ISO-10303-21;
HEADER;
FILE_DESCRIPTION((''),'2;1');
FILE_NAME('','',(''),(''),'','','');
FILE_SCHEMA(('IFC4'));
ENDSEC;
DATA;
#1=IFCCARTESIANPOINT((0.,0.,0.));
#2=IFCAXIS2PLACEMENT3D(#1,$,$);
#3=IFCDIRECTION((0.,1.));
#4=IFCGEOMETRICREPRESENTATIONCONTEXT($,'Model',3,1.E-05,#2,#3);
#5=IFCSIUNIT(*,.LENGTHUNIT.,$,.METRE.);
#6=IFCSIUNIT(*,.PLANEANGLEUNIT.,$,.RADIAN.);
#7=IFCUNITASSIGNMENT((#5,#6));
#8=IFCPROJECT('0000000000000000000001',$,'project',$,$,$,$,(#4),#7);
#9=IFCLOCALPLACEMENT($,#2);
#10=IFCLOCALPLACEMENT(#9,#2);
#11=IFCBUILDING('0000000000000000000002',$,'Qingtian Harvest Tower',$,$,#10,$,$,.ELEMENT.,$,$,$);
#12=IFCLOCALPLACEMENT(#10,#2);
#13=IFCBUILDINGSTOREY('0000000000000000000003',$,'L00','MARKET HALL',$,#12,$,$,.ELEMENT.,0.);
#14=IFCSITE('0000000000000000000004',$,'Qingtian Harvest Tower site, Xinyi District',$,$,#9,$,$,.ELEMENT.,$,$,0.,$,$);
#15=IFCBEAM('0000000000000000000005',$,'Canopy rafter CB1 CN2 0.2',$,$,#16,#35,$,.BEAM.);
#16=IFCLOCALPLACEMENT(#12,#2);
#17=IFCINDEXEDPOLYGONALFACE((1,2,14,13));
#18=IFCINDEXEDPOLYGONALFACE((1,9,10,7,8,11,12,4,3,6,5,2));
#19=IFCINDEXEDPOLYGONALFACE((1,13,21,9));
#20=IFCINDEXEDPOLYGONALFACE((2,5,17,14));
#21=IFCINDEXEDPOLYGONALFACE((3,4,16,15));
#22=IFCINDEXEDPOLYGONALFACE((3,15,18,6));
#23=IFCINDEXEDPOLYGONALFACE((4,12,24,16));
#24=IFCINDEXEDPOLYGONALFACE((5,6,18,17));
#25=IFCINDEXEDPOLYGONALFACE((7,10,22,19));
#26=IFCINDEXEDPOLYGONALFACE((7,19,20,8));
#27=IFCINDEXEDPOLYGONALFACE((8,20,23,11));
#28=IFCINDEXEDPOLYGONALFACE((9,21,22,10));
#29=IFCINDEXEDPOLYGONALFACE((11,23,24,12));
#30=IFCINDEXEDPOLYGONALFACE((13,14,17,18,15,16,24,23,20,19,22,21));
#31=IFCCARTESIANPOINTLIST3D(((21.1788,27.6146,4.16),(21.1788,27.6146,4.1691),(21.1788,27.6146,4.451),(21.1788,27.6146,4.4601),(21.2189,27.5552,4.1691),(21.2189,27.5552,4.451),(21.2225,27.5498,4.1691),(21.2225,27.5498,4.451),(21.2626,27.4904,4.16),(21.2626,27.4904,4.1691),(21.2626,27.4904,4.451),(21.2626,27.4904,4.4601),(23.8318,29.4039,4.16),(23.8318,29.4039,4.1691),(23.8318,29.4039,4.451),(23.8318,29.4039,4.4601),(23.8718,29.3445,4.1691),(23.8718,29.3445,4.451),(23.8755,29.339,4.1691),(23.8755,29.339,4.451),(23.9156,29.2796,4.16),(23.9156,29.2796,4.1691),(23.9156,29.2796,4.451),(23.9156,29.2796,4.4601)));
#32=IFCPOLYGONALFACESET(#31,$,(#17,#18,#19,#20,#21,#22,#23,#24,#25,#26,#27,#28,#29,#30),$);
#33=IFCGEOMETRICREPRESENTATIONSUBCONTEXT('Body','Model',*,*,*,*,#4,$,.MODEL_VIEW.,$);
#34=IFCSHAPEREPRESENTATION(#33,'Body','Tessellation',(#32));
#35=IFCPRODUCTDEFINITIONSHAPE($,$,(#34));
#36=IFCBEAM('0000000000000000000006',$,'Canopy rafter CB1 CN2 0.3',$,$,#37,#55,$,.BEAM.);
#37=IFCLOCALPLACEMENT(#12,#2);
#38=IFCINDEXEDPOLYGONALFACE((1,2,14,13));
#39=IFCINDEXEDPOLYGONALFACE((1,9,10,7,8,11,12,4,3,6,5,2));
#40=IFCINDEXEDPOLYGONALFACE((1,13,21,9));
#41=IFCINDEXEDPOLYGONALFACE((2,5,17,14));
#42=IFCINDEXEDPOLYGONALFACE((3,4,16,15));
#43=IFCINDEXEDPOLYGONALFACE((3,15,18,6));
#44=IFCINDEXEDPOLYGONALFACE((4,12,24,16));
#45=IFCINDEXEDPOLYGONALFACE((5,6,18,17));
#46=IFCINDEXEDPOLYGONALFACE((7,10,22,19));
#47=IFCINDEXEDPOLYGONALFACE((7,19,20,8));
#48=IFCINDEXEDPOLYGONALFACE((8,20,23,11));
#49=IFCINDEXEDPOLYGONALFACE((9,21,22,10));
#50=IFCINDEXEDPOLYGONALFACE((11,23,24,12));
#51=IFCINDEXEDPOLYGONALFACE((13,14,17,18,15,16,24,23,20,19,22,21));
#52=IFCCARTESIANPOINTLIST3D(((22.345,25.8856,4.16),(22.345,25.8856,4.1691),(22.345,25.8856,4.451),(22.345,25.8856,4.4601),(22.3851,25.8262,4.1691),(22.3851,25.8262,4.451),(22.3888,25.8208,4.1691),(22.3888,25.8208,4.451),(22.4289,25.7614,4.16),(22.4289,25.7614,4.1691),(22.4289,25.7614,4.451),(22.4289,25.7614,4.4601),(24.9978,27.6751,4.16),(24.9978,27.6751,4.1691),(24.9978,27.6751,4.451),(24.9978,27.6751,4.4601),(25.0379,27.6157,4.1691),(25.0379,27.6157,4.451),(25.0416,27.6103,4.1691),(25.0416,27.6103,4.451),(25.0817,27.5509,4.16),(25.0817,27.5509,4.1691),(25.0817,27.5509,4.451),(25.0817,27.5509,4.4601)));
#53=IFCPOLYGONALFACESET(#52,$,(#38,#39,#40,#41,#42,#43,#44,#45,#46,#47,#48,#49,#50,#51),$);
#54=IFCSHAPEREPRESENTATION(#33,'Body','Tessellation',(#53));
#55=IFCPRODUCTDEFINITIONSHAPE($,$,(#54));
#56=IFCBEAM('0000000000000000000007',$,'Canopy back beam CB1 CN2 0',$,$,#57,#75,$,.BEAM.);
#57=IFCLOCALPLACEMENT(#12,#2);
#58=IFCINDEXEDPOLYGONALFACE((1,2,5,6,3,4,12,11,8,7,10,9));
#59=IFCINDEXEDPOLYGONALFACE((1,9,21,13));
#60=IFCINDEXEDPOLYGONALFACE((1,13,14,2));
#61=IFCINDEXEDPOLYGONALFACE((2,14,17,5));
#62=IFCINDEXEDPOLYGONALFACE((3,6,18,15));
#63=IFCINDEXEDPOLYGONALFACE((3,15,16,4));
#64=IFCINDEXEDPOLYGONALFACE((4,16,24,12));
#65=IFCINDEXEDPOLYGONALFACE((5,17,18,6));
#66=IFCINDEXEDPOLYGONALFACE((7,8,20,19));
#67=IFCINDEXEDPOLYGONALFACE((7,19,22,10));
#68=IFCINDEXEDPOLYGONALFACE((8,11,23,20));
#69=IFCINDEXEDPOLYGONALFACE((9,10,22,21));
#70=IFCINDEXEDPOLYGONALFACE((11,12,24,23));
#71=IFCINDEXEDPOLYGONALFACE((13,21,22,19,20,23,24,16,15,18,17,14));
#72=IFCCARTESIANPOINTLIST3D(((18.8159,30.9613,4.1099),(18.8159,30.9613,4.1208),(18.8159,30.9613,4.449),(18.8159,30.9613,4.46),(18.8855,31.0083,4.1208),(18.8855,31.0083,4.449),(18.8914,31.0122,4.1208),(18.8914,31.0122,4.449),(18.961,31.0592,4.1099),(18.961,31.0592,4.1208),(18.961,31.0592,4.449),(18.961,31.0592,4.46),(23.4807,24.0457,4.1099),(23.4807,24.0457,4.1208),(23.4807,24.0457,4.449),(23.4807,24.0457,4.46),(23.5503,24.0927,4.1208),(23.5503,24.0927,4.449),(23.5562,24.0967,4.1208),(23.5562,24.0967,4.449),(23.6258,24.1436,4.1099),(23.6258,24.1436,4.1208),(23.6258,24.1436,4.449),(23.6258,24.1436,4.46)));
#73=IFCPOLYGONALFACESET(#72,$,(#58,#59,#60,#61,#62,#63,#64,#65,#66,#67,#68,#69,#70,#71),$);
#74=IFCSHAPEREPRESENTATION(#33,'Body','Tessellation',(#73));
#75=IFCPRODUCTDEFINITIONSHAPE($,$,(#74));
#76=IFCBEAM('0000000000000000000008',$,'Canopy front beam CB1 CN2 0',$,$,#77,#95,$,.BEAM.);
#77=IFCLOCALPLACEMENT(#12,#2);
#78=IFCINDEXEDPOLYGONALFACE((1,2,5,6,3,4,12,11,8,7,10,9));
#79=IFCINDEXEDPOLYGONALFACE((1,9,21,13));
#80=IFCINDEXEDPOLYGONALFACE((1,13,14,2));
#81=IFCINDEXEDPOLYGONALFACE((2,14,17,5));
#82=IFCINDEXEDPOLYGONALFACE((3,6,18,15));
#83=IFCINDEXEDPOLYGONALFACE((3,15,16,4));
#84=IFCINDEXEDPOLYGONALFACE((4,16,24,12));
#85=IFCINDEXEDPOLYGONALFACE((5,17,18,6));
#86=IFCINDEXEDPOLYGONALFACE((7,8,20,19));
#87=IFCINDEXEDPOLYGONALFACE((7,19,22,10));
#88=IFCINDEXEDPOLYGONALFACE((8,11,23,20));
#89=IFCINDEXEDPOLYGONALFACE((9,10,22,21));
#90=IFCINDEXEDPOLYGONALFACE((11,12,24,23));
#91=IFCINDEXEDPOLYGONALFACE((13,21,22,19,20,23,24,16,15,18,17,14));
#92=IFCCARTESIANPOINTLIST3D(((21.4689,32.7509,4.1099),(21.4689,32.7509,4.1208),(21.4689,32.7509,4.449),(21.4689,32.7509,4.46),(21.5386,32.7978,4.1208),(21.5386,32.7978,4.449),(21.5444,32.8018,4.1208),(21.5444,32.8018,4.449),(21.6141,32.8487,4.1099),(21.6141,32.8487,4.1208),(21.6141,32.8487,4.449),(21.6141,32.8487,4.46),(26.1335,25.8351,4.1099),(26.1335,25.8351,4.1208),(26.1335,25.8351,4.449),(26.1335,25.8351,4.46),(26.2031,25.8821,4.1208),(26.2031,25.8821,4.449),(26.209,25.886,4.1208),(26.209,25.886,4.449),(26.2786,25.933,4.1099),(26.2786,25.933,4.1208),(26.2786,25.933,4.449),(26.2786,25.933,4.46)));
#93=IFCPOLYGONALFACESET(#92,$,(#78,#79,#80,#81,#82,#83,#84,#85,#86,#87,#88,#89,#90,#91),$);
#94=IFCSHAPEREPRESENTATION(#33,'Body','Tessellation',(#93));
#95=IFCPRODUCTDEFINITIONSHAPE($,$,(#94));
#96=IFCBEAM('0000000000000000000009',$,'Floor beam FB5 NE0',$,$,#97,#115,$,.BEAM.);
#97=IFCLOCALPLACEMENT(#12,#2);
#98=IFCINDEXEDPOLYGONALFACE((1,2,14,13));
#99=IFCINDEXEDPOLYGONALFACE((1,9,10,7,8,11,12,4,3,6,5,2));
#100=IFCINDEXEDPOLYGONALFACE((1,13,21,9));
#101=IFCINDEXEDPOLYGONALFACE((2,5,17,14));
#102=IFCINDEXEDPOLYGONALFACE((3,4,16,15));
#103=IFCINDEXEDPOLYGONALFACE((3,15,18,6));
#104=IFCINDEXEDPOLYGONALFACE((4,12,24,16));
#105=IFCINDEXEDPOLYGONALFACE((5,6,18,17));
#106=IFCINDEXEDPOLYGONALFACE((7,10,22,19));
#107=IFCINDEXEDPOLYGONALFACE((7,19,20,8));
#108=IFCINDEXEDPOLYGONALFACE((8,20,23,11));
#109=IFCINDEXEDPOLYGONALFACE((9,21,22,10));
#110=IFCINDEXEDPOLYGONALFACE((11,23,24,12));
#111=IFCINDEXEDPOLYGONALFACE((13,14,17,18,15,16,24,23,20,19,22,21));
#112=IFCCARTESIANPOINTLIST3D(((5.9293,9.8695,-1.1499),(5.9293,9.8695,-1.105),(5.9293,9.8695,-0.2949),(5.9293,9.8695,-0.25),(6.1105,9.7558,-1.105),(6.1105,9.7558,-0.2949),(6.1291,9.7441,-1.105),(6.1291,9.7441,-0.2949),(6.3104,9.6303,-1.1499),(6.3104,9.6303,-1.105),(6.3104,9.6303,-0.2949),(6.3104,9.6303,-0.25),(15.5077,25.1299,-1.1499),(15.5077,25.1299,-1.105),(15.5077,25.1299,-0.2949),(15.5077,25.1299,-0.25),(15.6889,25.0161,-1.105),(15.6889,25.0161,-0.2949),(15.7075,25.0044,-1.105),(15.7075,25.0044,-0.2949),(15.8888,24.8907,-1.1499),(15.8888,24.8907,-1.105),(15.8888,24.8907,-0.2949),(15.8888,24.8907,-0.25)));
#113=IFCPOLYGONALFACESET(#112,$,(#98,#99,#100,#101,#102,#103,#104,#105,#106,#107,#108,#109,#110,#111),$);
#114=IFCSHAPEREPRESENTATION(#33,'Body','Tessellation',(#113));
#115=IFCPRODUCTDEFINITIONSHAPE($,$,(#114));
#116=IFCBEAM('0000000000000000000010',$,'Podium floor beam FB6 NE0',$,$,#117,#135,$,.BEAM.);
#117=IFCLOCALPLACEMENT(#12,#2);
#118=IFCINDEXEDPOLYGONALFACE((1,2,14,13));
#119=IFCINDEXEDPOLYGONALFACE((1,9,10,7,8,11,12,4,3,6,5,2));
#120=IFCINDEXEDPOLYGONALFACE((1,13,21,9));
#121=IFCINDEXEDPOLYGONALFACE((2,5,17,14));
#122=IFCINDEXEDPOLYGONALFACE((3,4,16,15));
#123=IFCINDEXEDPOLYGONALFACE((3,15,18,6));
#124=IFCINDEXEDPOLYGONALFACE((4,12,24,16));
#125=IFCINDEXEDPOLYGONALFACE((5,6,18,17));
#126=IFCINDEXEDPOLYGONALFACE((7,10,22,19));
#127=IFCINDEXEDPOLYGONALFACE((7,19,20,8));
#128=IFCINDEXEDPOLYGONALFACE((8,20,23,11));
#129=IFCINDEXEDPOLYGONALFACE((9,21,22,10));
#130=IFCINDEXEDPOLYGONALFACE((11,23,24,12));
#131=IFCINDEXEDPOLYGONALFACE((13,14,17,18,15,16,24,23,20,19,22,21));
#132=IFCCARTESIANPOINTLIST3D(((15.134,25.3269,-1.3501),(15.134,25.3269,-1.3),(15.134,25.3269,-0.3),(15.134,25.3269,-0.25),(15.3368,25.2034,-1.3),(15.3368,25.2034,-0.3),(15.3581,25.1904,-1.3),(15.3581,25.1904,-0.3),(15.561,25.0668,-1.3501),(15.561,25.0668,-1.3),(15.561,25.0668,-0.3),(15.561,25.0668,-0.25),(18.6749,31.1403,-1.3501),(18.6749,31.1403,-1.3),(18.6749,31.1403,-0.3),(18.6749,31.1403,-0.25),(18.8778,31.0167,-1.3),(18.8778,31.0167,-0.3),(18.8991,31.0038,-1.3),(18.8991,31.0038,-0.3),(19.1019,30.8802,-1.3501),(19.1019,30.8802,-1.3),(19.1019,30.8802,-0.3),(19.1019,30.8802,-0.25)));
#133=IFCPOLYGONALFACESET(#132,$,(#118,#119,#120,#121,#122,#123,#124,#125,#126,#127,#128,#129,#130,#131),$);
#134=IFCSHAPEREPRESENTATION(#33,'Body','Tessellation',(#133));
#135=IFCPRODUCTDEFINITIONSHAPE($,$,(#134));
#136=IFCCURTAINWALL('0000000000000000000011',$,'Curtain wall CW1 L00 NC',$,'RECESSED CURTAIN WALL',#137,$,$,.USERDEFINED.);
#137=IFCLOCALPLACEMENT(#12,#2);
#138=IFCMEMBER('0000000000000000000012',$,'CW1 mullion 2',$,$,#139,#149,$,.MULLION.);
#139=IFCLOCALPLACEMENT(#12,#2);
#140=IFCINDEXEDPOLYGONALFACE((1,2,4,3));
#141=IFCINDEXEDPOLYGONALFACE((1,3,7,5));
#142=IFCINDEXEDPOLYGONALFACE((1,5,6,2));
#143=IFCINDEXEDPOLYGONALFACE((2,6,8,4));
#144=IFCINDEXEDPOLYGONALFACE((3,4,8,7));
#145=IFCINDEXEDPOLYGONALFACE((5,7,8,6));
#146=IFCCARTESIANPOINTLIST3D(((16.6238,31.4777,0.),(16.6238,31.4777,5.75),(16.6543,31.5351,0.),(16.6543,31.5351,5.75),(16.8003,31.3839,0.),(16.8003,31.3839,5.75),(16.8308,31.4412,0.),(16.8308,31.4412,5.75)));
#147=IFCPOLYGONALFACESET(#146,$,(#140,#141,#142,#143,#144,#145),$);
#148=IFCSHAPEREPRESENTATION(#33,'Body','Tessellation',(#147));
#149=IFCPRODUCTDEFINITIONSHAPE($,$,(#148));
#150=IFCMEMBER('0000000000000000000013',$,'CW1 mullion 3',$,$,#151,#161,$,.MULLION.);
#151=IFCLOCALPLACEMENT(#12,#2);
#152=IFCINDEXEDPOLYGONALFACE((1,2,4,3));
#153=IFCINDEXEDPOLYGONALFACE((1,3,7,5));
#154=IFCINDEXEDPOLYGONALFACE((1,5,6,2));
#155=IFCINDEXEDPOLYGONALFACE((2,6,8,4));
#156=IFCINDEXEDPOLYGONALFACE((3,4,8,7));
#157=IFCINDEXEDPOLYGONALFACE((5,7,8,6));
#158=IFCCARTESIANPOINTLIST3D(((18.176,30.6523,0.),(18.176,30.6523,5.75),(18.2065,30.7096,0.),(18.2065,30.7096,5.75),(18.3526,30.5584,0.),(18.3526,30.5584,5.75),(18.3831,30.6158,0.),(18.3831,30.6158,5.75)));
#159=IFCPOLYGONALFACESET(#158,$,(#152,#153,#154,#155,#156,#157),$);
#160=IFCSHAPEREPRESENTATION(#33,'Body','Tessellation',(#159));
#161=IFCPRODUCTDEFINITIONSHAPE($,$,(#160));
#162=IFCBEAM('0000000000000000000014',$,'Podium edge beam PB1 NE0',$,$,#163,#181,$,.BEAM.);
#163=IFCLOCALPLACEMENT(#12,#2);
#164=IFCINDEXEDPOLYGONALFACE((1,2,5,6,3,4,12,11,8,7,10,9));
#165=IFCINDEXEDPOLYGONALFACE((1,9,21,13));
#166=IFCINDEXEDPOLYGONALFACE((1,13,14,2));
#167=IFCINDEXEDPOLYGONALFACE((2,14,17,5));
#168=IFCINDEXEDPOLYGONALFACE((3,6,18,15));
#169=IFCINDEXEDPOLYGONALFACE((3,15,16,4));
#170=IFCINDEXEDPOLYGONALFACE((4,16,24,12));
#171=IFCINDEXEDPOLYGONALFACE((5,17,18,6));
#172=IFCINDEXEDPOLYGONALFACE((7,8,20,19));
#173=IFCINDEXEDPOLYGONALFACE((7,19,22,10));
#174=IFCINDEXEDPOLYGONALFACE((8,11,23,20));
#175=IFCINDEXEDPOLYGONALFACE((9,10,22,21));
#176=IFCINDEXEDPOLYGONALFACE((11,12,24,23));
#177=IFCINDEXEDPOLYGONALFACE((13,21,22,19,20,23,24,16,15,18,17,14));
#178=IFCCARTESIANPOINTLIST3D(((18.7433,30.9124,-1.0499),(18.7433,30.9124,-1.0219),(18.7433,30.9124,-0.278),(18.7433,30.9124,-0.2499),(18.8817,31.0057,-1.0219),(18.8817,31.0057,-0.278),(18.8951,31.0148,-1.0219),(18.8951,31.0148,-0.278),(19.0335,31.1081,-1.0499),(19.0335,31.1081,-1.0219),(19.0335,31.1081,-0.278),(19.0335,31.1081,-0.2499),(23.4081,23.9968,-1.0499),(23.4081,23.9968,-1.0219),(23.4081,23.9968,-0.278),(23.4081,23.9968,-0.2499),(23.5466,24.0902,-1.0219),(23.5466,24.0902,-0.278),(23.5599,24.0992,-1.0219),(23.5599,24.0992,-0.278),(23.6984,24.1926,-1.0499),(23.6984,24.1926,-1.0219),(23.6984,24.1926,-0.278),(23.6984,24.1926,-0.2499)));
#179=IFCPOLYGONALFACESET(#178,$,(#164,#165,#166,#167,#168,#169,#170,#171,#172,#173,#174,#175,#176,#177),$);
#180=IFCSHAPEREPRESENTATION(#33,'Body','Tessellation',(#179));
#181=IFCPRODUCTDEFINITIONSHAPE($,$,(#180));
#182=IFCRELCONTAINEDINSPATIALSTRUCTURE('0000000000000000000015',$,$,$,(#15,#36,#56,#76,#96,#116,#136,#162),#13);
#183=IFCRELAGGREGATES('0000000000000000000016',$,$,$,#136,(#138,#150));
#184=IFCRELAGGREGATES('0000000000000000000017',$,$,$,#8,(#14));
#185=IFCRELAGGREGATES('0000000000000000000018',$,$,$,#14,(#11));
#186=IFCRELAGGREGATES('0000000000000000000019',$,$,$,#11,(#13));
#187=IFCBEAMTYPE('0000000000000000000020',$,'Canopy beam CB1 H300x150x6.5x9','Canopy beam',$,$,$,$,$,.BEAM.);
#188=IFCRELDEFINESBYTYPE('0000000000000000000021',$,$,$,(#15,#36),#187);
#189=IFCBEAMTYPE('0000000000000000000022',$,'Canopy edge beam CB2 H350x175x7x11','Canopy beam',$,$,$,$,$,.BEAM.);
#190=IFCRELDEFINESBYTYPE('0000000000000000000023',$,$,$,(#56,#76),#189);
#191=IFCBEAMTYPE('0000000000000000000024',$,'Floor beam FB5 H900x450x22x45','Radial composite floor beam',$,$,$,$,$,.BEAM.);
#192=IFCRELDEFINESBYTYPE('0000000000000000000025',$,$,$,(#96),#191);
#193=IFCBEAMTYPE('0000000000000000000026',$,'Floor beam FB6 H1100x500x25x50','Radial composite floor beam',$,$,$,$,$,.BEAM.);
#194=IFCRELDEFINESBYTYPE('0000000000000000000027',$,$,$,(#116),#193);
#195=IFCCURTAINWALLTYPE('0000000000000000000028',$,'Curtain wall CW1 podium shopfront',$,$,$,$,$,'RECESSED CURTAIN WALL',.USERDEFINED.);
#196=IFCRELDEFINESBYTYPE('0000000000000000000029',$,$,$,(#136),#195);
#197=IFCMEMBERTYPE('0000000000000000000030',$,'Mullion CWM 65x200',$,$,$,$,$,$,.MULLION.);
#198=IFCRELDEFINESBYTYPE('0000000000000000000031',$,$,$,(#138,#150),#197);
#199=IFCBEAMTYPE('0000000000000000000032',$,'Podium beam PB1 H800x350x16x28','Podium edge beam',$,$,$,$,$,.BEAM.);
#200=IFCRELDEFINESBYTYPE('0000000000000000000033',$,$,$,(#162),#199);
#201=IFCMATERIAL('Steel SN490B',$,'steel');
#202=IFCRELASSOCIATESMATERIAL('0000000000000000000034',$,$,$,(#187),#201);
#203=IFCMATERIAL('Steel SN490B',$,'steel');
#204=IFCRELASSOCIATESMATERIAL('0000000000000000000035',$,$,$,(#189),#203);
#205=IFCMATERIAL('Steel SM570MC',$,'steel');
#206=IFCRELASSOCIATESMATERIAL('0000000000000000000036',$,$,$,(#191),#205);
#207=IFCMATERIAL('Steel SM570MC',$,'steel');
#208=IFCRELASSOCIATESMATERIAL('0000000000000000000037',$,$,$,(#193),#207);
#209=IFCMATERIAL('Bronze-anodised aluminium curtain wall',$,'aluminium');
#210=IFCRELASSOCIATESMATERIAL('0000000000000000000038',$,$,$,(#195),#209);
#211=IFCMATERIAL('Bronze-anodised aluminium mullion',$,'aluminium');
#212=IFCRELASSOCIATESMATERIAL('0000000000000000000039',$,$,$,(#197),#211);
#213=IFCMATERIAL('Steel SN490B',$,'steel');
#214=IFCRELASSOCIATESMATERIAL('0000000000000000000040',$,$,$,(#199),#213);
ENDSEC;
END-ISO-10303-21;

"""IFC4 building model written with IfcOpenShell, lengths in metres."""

from ifc_helpers import new_model, si_unit, direction, frame, origin, origin_2d, place, context, subcontext, project, spatial, rectangle, i_section, extrude, material, material_profile, profile_set, type_object, element, aggregate, save


model = new_model("IFC4")

# Units and contexts
model_context = context("Model", 3, precision=1e-05, world=origin(), true_north=direction((0.0, 1.0)))
body_context = subcontext(model_context, "Body", "Model", "MODEL_VIEW")
ifc_project = project(units=[si_unit("LENGTHUNIT", "METRE"), si_unit("PLANEANGLEUNIT", "RADIAN")], contexts=[model_context])

# Site, building, storey
site_placement = place(None, origin())
site = spatial("IfcSite", under=ifc_project, at=site_placement, Name="Qingtian Harvest Tower site, Xinyi District", CompositionType="ELEMENT", RefElevation=0.0)
building_placement = place(site_placement, origin())
building = spatial("IfcBuilding", under=site, at=building_placement, Name="Qingtian Harvest Tower", CompositionType="ELEMENT")
storey_placement = place(building_placement, origin())
storey = spatial("IfcBuildingStorey", under=building, at=storey_placement, Name="L00", Description="MARKET HALL", CompositionType="ELEMENT", Elevation=0.0)

# Beams
ifc_material_1 = material(Name="Steel SN490B", Category="steel")
ifc_material_profile_1 = material_profile(ifc_material_1, i_section(OverallWidth=0.1499, OverallDepth=0.3, WebThickness=0.0066, FlangeThickness=0.009, at=origin_2d()), Name="H300x150x6.5x9")
ifc_profile_set_1 = profile_set([ifc_material_profile_1], Name="Steel SN490B")
beam_type_1 = type_object("IfcBeamType", Name="Canopy beam CB1 H300x150x6.5x9", Description="Canopy beam", PredefinedType="BEAM", material=ifc_profile_set_1)
for number, where, z_axis, x_axis, name in (
    (1, (21.2207, 27.5525, 4.3101), (0.829069, 0.559147, 0.0), (-0.559147, 0.829069, 0.0), "Canopy rafter CB1 CN2 0.2"),
    (2, (22.387, 25.8235, 4.3101), (0.82901, 0.559234, 0.0), (-0.559234, 0.82901, 0.0), "Canopy rafter CB1 CN2 0.3"),
):
    element("IfcBeam", number, at=place(storey_placement, frame(where, z_axis=z_axis, x_axis=x_axis)), inside=storey, type_object=beam_type_1, Name=name, PredefinedType="BEAM", context=body_context, shape_type="SweptSolid", body=[
        extrude(i_section(OverallWidth=0.1499, OverallDepth=0.3, WebThickness=0.0066, FlangeThickness=0.009, at=origin_2d()), origin(), (0.0, 0.0, 1.0), 3.2),
    ])
ifc_material_2 = material(Name="Steel SN490B", Category="steel")
ifc_material_profile_2 = material_profile(ifc_material_2, i_section(OverallWidth=0.175, OverallDepth=0.3501, WebThickness=0.0071, FlangeThickness=0.011, at=origin_2d()), Name="H350x175x7x11")
ifc_profile_set_2 = profile_set([ifc_material_profile_2], Name="Steel SN490B")
beam_type_2 = type_object("IfcBeamType", Name="Canopy edge beam CB2 H350x175x7x11", Description="Canopy beam", PredefinedType="BEAM", material=ifc_profile_set_2)
for number, where, z_axis, x_axis, name in (
    (3, (18.8884, 31.0103, 4.2849), (0.55921, -0.829026, 0.0), (0.829026, 0.55921, 0.0), "Canopy back beam CB1 CN2 0"),
    (4, (21.5415, 32.7998, 4.2849), (0.559177, -0.829048, 0.0), (0.829048, 0.559177, 0.0), "Canopy front beam CB1 CN2 0"),
):
    element("IfcBeam", number, at=place(storey_placement, frame(where, z_axis=z_axis, x_axis=x_axis)), inside=storey, type_object=beam_type_2, Name=name, PredefinedType="BEAM", context=body_context, shape_type="SweptSolid", body=[
        extrude(i_section(OverallWidth=0.175, OverallDepth=0.3501, WebThickness=0.0071, FlangeThickness=0.011, at=origin_2d()), origin(), (0.0, 0.0, 1.0), 8.3418),
    ])
ifc_material_3 = material(Name="Steel SM570MC", Category="steel")
ifc_material_profile_3 = material_profile(ifc_material_3, i_section(OverallWidth=0.45, OverallDepth=0.8999, WebThickness=0.022, FlangeThickness=0.0449, at=origin_2d()), Name="H900x450x22x45")
ifc_profile_set_3 = profile_set([ifc_material_profile_3], Name="Steel SM570MC")
beam_type_3 = type_object("IfcBeamType", Name="Floor beam FB5 H900x450x22x45", Description="Radial composite floor beam", PredefinedType="BEAM", material=ifc_profile_set_3)
beam_1_placement = place(storey_placement, frame((15.6982, 25.0103, -0.7), z_axis=(-0.531623, -0.846981, 0.0), x_axis=(0.846981, -0.531623, 0.0)))
element("IfcBeam", 5, at=beam_1_placement, inside=storey, type_object=beam_type_3, Name="Floor beam FB5 NE0", PredefinedType="BEAM", context=body_context, shape_type="SweptSolid", body=[
    extrude(i_section(OverallWidth=0.45, OverallDepth=0.8999, WebThickness=0.022, FlangeThickness=0.0449, at=origin_2d()), origin(), (0.0, 0.0, 1.0), 18.0173),
])
ifc_material_4 = material(Name="Steel SM570MC", Category="steel")
ifc_material_profile_4 = material_profile(ifc_material_4, i_section(OverallWidth=0.5, OverallDepth=1.1001, WebThickness=0.0249, FlangeThickness=0.05, at=origin_2d()), Name="H1100x500x25x50")
ifc_profile_set_4 = profile_set([ifc_material_profile_4], Name="Steel SM570MC")
beam_type_4 = type_object("IfcBeamType", Name="Floor beam FB6 H1100x500x25x50", Description="Radial composite floor beam", PredefinedType="BEAM", material=ifc_profile_set_4)
beam_2_placement = place(storey_placement, frame((18.8884, 31.0103, -0.8), z_axis=(-0.520202, -0.854043, 0.0), x_axis=(0.854043, -0.520202, 0.0)))
element("IfcBeam", 6, at=beam_2_placement, inside=storey, type_object=beam_type_4, Name="Podium floor beam FB6 NE0", PredefinedType="BEAM", context=body_context, shape_type="SweptSolid", body=[
    extrude(i_section(OverallWidth=0.5, OverallDepth=1.1001, WebThickness=0.0249, FlangeThickness=0.05, at=origin_2d()), origin(), (0.0, 0.0, 1.0), 6.8069),
])

# Curtain wall, members
ifc_material_5 = material(Name="Bronze-anodised aluminium curtain wall", Category="aluminium")
curtain_wall_type = type_object("IfcCurtainWallType", Name="Curtain wall CW1 podium shopfront", ElementType="RECESSED CURTAIN WALL", PredefinedType="USERDEFINED", material=ifc_material_5)
curtain_wall_placement = place(storey_placement, origin())
curtain_wall = element("IfcCurtainWall", 7, at=curtain_wall_placement, inside=storey, type_object=curtain_wall_type, Name="Curtain wall CW1 L00 NC", ObjectType="RECESSED CURTAIN WALL", PredefinedType="USERDEFINED")
ifc_material_6 = material(Name="Bronze-anodised aluminium mullion", Category="aluminium")
ifc_material_profile_5 = material_profile(ifc_material_6, rectangle(XDim=0.0649, YDim=0.2, at=origin_2d()), Name="AL 65x200")
ifc_profile_set_5 = profile_set([ifc_material_profile_5], Name="Bronze-anodised aluminium mullion")
member_type_1 = type_object("IfcMemberType", Name="Mullion CWM 65x200", PredefinedType="MULLION", material=ifc_profile_set_5)
member_1_placement = place(storey_placement, frame((16.7273, 31.4595, 0.0), z_axis=(0.0, 0.0, 1.0), x_axis=(0.469472, 0.882948, 0.0)))
member_1 = element("IfcMember", 8, at=member_1_placement, type_object=member_type_1, Name="CW1 mullion 2", PredefinedType="MULLION", context=body_context, shape_type="SweptSolid", body=[
    extrude(rectangle(XDim=0.0649, YDim=0.2, at=origin_2d()), origin(), (0.0, 0.0, 1.0), 5.75),
])
member_2_placement = place(storey_placement, frame((18.2795, 30.634, 0.0), z_axis=(0.0, 0.0, 1.0), x_axis=(0.469472, 0.882948, 0.0)))
member_2 = element("IfcMember", 9, at=member_2_placement, type_object=member_type_1, Name="CW1 mullion 3", PredefinedType="MULLION", context=body_context, shape_type="SweptSolid", body=[
    extrude(rectangle(XDim=0.0649, YDim=0.2, at=origin_2d()), origin(), (0.0, 0.0, 1.0), 5.75),
])

# Beam
ifc_material_7 = material(Name="Steel SN490B", Category="steel")
ifc_material_profile_6 = material_profile(ifc_material_7, i_section(OverallWidth=0.3501, OverallDepth=0.8, WebThickness=0.0161, FlangeThickness=0.0281, at=origin_2d()), Name="H800x350x16x28")
ifc_profile_set_6 = profile_set([ifc_material_profile_6], Name="Steel SN490B")
beam_type_5 = type_object("IfcBeamType", Name="Podium beam PB1 H800x350x16x28", Description="Podium edge beam", PredefinedType="BEAM", material=ifc_profile_set_6)
beam_3_placement = place(storey_placement, frame((18.8884, 31.0103, -0.6499), z_axis=(0.55921, -0.829026, 0.0), x_axis=(0.829026, 0.55921, 0.0)))
element("IfcBeam", 10, at=beam_3_placement, inside=storey, type_object=beam_type_5, Name="Podium edge beam PB1 NE0", PredefinedType="BEAM", context=body_context, shape_type="SweptSolid", body=[
    extrude(i_section(OverallWidth=0.3501, OverallDepth=0.8, WebThickness=0.0161, FlangeThickness=0.0281, at=origin_2d()), origin(), (0.0, 0.0, 1.0), 8.3418),
])

aggregate(curtain_wall, [member_1, member_2])

save(model, "model.ifc")
